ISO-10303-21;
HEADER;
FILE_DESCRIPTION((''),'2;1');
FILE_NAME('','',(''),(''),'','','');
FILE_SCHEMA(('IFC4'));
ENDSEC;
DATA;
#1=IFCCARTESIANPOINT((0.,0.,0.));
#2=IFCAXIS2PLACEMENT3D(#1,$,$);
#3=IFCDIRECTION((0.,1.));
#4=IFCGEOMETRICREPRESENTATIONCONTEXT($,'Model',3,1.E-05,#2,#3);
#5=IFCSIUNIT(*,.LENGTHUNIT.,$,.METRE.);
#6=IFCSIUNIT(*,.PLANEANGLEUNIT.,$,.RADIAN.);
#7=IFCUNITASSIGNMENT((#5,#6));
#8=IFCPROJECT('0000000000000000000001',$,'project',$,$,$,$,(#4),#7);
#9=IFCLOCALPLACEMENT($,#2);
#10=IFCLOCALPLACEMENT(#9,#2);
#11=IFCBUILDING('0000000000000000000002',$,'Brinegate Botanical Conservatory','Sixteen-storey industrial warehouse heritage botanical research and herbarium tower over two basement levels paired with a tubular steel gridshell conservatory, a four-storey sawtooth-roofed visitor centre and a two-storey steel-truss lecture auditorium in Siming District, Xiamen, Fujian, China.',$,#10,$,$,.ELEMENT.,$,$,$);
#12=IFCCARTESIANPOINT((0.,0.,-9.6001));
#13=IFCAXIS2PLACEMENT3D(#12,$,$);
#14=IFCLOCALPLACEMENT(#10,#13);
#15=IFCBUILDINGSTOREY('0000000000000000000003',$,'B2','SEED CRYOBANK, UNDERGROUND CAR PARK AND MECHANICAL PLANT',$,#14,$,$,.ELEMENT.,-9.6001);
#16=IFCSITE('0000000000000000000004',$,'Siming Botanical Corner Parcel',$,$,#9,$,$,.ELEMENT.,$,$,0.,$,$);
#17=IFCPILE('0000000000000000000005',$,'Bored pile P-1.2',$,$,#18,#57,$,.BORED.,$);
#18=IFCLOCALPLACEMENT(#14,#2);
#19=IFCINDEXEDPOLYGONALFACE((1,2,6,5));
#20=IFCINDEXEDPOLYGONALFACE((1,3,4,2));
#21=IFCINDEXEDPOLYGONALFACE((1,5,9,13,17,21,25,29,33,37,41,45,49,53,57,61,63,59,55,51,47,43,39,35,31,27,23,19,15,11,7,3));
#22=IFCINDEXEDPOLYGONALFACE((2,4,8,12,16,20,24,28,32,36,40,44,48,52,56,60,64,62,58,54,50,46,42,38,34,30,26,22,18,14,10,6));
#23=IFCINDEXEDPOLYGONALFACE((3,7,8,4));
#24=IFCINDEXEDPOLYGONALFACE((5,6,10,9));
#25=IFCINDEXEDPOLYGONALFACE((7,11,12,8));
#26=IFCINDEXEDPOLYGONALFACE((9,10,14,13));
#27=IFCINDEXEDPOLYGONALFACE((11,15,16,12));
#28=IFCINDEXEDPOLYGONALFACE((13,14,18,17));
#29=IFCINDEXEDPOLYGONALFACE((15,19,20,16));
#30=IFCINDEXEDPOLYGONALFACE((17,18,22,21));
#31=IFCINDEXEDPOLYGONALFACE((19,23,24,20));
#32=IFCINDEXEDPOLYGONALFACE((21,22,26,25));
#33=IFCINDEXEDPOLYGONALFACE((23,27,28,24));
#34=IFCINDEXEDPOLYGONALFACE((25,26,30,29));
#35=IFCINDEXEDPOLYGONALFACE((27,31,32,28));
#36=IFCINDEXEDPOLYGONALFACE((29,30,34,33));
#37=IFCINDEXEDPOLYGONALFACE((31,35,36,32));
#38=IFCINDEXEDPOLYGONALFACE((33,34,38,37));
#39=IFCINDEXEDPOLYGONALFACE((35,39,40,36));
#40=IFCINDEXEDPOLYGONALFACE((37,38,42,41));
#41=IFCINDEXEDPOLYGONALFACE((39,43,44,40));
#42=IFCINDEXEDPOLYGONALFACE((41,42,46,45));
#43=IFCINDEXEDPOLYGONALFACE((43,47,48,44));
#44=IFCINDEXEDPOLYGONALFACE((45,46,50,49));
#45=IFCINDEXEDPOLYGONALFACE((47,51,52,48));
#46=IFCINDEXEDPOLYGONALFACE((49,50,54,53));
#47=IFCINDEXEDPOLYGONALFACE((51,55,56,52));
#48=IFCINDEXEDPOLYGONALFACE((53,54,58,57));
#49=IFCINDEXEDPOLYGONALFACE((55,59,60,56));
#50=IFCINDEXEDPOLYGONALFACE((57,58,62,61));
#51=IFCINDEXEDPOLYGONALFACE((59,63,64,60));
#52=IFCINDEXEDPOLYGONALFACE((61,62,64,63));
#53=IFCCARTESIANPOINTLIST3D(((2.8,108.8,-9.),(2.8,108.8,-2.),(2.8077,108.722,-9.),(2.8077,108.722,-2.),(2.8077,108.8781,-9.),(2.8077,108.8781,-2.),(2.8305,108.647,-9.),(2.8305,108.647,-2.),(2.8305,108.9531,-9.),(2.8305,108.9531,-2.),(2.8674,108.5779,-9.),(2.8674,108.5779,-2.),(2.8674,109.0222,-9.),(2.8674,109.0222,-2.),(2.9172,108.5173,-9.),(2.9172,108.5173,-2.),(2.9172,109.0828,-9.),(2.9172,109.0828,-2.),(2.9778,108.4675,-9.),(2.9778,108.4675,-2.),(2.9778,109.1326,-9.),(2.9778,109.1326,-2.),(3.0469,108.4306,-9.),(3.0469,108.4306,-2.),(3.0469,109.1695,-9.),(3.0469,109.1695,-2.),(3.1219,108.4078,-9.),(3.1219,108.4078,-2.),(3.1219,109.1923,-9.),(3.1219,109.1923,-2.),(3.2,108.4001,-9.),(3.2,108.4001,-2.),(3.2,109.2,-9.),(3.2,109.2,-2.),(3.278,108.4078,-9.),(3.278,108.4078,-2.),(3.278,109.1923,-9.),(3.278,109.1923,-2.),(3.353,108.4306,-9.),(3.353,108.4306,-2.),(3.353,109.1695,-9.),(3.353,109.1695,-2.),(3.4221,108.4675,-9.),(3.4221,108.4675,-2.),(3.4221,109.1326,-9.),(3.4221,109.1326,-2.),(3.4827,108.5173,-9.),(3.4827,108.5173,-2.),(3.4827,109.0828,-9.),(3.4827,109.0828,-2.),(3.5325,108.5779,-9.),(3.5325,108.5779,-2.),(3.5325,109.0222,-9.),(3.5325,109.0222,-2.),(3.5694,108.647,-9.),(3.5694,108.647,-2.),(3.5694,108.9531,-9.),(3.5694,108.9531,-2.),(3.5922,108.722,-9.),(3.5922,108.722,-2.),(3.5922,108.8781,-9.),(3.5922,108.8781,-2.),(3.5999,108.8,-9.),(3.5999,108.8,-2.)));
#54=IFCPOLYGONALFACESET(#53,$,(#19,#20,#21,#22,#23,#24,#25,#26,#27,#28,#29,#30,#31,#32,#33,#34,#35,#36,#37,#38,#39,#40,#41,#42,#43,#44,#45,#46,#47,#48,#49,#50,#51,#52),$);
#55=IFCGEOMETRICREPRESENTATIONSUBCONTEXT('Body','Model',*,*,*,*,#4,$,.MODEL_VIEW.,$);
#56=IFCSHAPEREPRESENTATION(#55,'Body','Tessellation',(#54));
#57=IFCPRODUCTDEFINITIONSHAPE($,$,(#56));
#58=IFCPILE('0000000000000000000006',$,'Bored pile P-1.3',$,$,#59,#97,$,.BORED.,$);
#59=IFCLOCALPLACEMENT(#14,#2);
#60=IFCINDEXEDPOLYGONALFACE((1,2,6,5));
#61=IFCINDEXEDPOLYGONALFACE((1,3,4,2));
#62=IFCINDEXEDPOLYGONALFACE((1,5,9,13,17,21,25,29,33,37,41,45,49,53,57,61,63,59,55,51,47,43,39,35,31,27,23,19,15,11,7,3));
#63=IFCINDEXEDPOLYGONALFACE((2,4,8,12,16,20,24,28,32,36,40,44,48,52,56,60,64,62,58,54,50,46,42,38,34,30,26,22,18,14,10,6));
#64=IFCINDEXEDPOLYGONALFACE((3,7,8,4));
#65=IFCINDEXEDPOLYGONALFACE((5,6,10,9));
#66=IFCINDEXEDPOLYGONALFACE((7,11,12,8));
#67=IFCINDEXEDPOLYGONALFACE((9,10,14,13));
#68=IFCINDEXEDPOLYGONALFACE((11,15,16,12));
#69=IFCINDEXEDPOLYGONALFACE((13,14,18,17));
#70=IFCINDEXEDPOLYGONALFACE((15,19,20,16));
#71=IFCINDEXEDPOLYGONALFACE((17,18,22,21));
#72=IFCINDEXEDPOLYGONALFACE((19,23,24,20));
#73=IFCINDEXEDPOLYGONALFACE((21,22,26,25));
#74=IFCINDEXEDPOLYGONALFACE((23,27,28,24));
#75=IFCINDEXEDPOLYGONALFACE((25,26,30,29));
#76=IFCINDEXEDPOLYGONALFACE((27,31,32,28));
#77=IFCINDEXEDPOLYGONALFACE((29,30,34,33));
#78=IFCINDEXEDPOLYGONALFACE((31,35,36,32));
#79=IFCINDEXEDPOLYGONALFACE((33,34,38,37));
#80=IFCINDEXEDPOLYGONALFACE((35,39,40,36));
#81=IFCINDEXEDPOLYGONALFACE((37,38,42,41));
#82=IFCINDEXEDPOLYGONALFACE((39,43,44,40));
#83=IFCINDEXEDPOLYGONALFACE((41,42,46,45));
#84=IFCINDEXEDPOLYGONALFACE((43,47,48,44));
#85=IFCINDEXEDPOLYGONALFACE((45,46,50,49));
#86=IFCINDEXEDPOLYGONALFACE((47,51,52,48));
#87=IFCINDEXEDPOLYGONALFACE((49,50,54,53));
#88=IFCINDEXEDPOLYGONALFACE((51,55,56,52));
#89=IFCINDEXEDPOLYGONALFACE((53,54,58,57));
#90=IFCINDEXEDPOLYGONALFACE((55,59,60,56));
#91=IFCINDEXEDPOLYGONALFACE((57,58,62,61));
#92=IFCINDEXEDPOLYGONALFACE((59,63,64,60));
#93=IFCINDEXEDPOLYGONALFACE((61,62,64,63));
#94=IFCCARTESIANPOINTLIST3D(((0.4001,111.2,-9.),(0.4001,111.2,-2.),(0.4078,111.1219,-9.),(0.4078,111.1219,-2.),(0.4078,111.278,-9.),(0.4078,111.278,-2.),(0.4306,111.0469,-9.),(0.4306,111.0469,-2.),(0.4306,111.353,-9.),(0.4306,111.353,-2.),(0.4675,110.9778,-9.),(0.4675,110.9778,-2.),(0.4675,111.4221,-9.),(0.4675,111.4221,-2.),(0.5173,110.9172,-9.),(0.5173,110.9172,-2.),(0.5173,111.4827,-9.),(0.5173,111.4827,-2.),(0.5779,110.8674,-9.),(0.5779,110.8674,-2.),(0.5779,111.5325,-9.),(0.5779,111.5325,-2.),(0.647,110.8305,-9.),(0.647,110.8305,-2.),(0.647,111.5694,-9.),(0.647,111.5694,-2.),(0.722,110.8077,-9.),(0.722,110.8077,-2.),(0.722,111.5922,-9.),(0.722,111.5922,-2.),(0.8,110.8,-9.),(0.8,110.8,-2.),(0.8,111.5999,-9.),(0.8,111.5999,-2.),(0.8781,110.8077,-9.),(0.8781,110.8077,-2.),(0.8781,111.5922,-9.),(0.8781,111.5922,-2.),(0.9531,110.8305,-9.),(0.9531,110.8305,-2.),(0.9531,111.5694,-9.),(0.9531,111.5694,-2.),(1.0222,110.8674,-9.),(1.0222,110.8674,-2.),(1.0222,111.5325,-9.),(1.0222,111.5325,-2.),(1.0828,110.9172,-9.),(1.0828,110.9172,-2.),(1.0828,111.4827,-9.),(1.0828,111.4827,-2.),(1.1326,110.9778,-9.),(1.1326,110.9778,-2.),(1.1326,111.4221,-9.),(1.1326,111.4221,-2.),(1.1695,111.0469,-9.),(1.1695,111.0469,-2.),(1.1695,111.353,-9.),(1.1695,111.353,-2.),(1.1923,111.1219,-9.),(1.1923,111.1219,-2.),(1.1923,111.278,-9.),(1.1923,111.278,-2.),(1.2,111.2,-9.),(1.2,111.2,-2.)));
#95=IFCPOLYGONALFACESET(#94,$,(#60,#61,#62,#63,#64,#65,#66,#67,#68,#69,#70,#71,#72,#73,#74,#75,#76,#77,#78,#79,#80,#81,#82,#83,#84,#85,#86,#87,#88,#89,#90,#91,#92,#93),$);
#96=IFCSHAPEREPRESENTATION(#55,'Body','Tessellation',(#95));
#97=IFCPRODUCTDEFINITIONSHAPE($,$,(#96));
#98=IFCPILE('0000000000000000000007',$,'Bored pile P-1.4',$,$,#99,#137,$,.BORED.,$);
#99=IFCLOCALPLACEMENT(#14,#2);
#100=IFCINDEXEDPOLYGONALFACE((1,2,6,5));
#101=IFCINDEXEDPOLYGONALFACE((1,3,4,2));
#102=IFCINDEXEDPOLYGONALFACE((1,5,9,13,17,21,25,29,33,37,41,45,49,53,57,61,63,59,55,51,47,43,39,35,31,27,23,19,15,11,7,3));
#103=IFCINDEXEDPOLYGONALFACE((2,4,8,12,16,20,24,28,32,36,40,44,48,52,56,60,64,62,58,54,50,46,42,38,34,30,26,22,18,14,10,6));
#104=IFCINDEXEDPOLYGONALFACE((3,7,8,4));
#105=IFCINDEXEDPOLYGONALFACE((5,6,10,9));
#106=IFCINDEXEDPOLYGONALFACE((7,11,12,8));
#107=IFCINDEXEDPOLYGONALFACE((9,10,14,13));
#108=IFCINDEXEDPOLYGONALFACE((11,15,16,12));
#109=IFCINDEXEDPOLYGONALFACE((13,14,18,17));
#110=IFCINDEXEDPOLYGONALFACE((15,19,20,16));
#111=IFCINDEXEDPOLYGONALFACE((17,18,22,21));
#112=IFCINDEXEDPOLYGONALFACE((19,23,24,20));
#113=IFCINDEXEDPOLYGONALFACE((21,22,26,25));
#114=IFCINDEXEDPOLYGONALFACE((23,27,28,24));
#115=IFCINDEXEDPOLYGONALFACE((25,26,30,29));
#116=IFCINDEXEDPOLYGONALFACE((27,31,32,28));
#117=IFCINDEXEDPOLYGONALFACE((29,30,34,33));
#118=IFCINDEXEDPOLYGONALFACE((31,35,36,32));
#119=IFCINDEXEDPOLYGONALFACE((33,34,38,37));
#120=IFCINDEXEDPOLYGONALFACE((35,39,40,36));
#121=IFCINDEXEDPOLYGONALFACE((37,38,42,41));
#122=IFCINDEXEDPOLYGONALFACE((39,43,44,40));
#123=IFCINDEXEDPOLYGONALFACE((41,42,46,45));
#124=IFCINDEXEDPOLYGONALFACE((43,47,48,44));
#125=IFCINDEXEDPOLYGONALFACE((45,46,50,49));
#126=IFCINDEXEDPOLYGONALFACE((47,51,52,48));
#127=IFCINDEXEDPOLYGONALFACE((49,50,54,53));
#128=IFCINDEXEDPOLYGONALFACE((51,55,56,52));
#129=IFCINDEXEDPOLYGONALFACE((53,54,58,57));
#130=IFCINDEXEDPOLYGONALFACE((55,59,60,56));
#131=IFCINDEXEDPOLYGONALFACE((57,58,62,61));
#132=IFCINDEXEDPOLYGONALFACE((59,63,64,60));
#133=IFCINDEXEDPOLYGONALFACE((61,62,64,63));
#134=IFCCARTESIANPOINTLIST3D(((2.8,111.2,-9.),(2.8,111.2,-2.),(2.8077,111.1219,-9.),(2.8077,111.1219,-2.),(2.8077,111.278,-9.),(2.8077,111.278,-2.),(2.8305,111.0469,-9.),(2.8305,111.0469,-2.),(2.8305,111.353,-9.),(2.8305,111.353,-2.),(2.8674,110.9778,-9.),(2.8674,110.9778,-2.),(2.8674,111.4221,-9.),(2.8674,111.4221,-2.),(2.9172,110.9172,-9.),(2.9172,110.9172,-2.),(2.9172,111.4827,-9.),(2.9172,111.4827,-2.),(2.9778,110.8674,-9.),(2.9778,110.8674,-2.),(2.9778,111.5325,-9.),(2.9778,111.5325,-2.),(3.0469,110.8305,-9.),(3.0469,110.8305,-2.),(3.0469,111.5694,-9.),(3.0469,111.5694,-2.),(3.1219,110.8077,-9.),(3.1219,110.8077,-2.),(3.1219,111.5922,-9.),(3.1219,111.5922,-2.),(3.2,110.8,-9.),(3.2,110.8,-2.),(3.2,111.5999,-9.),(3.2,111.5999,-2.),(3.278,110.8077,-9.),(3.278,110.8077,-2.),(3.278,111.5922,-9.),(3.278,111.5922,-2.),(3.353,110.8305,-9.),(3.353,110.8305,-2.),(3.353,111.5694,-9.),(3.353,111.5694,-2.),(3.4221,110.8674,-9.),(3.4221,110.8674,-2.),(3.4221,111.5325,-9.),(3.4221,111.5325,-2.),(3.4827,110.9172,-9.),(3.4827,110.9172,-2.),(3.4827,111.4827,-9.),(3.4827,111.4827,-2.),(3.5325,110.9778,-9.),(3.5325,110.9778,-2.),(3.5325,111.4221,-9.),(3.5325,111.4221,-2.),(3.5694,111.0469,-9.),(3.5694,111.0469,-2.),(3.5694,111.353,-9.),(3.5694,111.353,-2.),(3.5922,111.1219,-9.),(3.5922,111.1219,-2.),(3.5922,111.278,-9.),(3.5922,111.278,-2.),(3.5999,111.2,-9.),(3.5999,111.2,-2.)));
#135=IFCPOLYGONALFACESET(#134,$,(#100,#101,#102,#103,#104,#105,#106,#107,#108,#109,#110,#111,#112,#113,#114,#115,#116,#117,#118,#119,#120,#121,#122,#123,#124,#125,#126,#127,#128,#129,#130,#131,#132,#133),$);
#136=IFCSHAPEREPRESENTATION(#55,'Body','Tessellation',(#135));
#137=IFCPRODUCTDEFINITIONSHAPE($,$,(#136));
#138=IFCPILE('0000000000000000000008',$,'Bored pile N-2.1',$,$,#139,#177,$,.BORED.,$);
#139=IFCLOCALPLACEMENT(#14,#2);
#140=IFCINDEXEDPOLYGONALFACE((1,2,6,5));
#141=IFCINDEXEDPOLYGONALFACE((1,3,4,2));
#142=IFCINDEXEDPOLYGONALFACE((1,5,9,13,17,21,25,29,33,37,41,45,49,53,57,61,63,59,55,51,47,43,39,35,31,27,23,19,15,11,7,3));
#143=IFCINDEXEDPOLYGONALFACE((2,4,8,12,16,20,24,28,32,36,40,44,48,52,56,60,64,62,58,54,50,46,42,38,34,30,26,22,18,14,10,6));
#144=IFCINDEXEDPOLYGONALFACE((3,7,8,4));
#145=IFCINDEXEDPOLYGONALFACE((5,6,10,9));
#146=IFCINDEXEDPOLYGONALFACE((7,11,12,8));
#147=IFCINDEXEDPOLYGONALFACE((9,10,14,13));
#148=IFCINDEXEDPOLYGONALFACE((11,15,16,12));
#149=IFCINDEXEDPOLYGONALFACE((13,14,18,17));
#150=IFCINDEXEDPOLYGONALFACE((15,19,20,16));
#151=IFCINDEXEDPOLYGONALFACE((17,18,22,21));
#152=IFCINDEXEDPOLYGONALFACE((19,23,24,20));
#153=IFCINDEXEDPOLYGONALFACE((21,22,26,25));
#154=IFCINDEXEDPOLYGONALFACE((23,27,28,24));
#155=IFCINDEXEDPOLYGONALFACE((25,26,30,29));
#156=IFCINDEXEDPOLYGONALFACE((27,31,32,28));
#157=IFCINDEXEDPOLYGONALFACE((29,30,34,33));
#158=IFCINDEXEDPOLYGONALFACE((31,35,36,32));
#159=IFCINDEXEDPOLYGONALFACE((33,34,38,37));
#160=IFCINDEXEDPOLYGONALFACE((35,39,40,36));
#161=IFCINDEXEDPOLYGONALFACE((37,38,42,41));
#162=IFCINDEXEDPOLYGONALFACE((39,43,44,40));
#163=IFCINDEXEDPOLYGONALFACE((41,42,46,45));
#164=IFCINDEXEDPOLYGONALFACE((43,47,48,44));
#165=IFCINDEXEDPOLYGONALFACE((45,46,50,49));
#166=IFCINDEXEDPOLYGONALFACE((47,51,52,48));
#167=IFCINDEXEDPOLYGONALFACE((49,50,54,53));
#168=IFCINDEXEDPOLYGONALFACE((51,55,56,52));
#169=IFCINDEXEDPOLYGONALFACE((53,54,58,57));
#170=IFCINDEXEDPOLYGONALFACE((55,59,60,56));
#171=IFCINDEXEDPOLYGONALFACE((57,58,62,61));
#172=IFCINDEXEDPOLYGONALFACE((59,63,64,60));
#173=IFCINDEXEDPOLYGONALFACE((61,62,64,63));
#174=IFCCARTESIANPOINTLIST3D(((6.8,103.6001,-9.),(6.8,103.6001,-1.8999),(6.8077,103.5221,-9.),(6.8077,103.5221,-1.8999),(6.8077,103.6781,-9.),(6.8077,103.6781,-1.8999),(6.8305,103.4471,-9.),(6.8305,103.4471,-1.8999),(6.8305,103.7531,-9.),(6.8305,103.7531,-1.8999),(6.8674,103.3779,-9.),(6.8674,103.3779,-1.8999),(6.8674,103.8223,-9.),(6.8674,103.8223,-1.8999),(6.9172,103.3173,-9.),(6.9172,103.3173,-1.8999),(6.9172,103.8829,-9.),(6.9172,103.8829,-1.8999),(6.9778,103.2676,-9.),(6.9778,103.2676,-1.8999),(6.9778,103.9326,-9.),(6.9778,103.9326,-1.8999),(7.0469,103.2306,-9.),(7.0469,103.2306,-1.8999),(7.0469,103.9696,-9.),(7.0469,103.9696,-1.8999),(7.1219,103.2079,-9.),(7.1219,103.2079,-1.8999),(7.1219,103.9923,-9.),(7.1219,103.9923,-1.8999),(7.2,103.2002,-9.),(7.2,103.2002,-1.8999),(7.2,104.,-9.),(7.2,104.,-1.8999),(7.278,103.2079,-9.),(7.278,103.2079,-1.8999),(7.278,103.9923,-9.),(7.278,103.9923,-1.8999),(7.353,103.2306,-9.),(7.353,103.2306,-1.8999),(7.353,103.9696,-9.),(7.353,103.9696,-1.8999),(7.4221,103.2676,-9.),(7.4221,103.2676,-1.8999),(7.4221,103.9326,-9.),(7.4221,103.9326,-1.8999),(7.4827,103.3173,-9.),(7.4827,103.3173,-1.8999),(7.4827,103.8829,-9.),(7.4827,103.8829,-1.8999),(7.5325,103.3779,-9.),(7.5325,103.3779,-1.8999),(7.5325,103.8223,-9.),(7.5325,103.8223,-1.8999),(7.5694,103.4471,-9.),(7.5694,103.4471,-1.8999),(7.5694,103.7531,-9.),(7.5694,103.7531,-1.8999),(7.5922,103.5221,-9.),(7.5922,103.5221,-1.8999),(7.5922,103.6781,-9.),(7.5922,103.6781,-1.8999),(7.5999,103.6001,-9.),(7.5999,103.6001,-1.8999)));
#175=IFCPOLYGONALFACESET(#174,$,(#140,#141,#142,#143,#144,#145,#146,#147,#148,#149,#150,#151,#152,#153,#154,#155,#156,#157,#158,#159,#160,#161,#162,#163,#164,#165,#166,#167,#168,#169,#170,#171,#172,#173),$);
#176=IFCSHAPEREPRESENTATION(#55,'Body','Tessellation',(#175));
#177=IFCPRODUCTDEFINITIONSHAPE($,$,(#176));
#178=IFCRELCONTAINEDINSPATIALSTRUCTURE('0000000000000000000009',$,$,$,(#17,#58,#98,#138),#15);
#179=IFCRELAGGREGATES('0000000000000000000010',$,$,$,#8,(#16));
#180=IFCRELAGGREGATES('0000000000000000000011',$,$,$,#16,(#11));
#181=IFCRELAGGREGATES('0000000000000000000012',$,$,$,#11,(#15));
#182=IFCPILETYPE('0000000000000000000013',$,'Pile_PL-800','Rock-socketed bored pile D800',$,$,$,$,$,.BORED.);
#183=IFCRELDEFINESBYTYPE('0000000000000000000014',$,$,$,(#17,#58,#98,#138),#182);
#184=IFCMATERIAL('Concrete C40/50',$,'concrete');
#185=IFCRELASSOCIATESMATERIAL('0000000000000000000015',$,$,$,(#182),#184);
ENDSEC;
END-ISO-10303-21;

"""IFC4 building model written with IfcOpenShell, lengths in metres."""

from ifc_helpers import new_model, si_unit, direction, frame, origin, origin_2d, place, context, subcontext, project, spatial, circle, extrude, material, material_profile, profile_set, type_object, element, save


model = new_model("IFC4")

# Units and contexts
model_context = context("Model", 3, precision=1e-05, world=origin(), true_north=direction((0.0, 1.0)))
body_context = subcontext(model_context, "Body", "Model", "MODEL_VIEW")
ifc_project = project(units=[si_unit("LENGTHUNIT", "METRE"), si_unit("PLANEANGLEUNIT", "RADIAN")], contexts=[model_context])

# Site, building, storey
site_placement = place(None, origin())
site = spatial("IfcSite", under=ifc_project, at=site_placement, Name="Siming Botanical Corner Parcel", CompositionType="ELEMENT", RefElevation=0.0)
building_placement = place(site_placement, origin())
building = spatial("IfcBuilding", under=site, at=building_placement, Name="Brinegate Botanical Conservatory", Description="Sixteen-storey industrial warehouse heritage botanical research and herbarium tower over two basement levels paired with a tubular steel gridshell conservatory, a four-storey sawtooth-roofed visitor centre and a two-storey steel-truss lecture auditorium in Siming District, Xiamen, Fujian, China.", CompositionType="ELEMENT")
storey_placement = place(building_placement, frame((0.0, 0.0, -9.6001)))
storey = spatial("IfcBuildingStorey", under=building, at=storey_placement, Name="B2", Description="SEED CRYOBANK, UNDERGROUND CAR PARK AND MECHANICAL PLANT", CompositionType="ELEMENT", Elevation=-9.6001)

# Shared definitions
ifc_material_1 = material(Name="Concrete C40/50", Category="concrete")

# Piles
ifc_material_profile_1 = material_profile(ifc_material_1, circle(Radius=0.3999, at=origin_2d()), Name="PILE D800")
ifc_profile_set_1 = profile_set([ifc_material_profile_1], Name="Concrete C40/50")
pile_type = type_object("IfcPileType", Name="Pile_PL-800", Description="Rock-socketed bored pile D800", PredefinedType="BORED", material=ifc_profile_set_1)
for number, where, z_axis, x_axis, name in (
    (1, (3.2, 108.8, -2.0), (0.0, 0.0, -1.0), (1.0, 0.0, 0.0), "Bored pile P-1.2"),
    (2, (0.8, 111.2, -2.0), (0.0, 0.0, -1.0), (1.0, 0.0, 0.0), "Bored pile P-1.3"),
    (3, (3.2, 111.2, -2.0), (0.0, 0.0, -1.0), (1.0, 0.0, 0.0), "Bored pile P-1.4"),
):
    element("IfcPile", number, at=place(storey_placement, frame(where, z_axis=z_axis, x_axis=x_axis)), inside=storey, type_object=pile_type, Name=name, PredefinedType="BORED", context=body_context, shape_type="SweptSolid", body=[
        extrude(circle(Radius=0.3999, at=origin_2d()), origin(), (0.0, 0.0, 1.0), 7.0),
    ])
for number, where, z_axis, x_axis, name in (
    (4, (7.2, 103.6001, -1.8999), (0.0, 0.0, -1.0), (1.0, 0.0, 0.0), "Bored pile N-2.1"),
):
    element("IfcPile", number, at=place(storey_placement, frame(where, z_axis=z_axis, x_axis=x_axis)), inside=storey, type_object=pile_type, Name=name, PredefinedType="BORED", context=body_context, shape_type="SweptSolid", body=[
        extrude(circle(Radius=0.3999, at=origin_2d()), origin(), (0.0, 0.0, 1.0), 7.1001),
    ])

save(model, "model.ifc")
